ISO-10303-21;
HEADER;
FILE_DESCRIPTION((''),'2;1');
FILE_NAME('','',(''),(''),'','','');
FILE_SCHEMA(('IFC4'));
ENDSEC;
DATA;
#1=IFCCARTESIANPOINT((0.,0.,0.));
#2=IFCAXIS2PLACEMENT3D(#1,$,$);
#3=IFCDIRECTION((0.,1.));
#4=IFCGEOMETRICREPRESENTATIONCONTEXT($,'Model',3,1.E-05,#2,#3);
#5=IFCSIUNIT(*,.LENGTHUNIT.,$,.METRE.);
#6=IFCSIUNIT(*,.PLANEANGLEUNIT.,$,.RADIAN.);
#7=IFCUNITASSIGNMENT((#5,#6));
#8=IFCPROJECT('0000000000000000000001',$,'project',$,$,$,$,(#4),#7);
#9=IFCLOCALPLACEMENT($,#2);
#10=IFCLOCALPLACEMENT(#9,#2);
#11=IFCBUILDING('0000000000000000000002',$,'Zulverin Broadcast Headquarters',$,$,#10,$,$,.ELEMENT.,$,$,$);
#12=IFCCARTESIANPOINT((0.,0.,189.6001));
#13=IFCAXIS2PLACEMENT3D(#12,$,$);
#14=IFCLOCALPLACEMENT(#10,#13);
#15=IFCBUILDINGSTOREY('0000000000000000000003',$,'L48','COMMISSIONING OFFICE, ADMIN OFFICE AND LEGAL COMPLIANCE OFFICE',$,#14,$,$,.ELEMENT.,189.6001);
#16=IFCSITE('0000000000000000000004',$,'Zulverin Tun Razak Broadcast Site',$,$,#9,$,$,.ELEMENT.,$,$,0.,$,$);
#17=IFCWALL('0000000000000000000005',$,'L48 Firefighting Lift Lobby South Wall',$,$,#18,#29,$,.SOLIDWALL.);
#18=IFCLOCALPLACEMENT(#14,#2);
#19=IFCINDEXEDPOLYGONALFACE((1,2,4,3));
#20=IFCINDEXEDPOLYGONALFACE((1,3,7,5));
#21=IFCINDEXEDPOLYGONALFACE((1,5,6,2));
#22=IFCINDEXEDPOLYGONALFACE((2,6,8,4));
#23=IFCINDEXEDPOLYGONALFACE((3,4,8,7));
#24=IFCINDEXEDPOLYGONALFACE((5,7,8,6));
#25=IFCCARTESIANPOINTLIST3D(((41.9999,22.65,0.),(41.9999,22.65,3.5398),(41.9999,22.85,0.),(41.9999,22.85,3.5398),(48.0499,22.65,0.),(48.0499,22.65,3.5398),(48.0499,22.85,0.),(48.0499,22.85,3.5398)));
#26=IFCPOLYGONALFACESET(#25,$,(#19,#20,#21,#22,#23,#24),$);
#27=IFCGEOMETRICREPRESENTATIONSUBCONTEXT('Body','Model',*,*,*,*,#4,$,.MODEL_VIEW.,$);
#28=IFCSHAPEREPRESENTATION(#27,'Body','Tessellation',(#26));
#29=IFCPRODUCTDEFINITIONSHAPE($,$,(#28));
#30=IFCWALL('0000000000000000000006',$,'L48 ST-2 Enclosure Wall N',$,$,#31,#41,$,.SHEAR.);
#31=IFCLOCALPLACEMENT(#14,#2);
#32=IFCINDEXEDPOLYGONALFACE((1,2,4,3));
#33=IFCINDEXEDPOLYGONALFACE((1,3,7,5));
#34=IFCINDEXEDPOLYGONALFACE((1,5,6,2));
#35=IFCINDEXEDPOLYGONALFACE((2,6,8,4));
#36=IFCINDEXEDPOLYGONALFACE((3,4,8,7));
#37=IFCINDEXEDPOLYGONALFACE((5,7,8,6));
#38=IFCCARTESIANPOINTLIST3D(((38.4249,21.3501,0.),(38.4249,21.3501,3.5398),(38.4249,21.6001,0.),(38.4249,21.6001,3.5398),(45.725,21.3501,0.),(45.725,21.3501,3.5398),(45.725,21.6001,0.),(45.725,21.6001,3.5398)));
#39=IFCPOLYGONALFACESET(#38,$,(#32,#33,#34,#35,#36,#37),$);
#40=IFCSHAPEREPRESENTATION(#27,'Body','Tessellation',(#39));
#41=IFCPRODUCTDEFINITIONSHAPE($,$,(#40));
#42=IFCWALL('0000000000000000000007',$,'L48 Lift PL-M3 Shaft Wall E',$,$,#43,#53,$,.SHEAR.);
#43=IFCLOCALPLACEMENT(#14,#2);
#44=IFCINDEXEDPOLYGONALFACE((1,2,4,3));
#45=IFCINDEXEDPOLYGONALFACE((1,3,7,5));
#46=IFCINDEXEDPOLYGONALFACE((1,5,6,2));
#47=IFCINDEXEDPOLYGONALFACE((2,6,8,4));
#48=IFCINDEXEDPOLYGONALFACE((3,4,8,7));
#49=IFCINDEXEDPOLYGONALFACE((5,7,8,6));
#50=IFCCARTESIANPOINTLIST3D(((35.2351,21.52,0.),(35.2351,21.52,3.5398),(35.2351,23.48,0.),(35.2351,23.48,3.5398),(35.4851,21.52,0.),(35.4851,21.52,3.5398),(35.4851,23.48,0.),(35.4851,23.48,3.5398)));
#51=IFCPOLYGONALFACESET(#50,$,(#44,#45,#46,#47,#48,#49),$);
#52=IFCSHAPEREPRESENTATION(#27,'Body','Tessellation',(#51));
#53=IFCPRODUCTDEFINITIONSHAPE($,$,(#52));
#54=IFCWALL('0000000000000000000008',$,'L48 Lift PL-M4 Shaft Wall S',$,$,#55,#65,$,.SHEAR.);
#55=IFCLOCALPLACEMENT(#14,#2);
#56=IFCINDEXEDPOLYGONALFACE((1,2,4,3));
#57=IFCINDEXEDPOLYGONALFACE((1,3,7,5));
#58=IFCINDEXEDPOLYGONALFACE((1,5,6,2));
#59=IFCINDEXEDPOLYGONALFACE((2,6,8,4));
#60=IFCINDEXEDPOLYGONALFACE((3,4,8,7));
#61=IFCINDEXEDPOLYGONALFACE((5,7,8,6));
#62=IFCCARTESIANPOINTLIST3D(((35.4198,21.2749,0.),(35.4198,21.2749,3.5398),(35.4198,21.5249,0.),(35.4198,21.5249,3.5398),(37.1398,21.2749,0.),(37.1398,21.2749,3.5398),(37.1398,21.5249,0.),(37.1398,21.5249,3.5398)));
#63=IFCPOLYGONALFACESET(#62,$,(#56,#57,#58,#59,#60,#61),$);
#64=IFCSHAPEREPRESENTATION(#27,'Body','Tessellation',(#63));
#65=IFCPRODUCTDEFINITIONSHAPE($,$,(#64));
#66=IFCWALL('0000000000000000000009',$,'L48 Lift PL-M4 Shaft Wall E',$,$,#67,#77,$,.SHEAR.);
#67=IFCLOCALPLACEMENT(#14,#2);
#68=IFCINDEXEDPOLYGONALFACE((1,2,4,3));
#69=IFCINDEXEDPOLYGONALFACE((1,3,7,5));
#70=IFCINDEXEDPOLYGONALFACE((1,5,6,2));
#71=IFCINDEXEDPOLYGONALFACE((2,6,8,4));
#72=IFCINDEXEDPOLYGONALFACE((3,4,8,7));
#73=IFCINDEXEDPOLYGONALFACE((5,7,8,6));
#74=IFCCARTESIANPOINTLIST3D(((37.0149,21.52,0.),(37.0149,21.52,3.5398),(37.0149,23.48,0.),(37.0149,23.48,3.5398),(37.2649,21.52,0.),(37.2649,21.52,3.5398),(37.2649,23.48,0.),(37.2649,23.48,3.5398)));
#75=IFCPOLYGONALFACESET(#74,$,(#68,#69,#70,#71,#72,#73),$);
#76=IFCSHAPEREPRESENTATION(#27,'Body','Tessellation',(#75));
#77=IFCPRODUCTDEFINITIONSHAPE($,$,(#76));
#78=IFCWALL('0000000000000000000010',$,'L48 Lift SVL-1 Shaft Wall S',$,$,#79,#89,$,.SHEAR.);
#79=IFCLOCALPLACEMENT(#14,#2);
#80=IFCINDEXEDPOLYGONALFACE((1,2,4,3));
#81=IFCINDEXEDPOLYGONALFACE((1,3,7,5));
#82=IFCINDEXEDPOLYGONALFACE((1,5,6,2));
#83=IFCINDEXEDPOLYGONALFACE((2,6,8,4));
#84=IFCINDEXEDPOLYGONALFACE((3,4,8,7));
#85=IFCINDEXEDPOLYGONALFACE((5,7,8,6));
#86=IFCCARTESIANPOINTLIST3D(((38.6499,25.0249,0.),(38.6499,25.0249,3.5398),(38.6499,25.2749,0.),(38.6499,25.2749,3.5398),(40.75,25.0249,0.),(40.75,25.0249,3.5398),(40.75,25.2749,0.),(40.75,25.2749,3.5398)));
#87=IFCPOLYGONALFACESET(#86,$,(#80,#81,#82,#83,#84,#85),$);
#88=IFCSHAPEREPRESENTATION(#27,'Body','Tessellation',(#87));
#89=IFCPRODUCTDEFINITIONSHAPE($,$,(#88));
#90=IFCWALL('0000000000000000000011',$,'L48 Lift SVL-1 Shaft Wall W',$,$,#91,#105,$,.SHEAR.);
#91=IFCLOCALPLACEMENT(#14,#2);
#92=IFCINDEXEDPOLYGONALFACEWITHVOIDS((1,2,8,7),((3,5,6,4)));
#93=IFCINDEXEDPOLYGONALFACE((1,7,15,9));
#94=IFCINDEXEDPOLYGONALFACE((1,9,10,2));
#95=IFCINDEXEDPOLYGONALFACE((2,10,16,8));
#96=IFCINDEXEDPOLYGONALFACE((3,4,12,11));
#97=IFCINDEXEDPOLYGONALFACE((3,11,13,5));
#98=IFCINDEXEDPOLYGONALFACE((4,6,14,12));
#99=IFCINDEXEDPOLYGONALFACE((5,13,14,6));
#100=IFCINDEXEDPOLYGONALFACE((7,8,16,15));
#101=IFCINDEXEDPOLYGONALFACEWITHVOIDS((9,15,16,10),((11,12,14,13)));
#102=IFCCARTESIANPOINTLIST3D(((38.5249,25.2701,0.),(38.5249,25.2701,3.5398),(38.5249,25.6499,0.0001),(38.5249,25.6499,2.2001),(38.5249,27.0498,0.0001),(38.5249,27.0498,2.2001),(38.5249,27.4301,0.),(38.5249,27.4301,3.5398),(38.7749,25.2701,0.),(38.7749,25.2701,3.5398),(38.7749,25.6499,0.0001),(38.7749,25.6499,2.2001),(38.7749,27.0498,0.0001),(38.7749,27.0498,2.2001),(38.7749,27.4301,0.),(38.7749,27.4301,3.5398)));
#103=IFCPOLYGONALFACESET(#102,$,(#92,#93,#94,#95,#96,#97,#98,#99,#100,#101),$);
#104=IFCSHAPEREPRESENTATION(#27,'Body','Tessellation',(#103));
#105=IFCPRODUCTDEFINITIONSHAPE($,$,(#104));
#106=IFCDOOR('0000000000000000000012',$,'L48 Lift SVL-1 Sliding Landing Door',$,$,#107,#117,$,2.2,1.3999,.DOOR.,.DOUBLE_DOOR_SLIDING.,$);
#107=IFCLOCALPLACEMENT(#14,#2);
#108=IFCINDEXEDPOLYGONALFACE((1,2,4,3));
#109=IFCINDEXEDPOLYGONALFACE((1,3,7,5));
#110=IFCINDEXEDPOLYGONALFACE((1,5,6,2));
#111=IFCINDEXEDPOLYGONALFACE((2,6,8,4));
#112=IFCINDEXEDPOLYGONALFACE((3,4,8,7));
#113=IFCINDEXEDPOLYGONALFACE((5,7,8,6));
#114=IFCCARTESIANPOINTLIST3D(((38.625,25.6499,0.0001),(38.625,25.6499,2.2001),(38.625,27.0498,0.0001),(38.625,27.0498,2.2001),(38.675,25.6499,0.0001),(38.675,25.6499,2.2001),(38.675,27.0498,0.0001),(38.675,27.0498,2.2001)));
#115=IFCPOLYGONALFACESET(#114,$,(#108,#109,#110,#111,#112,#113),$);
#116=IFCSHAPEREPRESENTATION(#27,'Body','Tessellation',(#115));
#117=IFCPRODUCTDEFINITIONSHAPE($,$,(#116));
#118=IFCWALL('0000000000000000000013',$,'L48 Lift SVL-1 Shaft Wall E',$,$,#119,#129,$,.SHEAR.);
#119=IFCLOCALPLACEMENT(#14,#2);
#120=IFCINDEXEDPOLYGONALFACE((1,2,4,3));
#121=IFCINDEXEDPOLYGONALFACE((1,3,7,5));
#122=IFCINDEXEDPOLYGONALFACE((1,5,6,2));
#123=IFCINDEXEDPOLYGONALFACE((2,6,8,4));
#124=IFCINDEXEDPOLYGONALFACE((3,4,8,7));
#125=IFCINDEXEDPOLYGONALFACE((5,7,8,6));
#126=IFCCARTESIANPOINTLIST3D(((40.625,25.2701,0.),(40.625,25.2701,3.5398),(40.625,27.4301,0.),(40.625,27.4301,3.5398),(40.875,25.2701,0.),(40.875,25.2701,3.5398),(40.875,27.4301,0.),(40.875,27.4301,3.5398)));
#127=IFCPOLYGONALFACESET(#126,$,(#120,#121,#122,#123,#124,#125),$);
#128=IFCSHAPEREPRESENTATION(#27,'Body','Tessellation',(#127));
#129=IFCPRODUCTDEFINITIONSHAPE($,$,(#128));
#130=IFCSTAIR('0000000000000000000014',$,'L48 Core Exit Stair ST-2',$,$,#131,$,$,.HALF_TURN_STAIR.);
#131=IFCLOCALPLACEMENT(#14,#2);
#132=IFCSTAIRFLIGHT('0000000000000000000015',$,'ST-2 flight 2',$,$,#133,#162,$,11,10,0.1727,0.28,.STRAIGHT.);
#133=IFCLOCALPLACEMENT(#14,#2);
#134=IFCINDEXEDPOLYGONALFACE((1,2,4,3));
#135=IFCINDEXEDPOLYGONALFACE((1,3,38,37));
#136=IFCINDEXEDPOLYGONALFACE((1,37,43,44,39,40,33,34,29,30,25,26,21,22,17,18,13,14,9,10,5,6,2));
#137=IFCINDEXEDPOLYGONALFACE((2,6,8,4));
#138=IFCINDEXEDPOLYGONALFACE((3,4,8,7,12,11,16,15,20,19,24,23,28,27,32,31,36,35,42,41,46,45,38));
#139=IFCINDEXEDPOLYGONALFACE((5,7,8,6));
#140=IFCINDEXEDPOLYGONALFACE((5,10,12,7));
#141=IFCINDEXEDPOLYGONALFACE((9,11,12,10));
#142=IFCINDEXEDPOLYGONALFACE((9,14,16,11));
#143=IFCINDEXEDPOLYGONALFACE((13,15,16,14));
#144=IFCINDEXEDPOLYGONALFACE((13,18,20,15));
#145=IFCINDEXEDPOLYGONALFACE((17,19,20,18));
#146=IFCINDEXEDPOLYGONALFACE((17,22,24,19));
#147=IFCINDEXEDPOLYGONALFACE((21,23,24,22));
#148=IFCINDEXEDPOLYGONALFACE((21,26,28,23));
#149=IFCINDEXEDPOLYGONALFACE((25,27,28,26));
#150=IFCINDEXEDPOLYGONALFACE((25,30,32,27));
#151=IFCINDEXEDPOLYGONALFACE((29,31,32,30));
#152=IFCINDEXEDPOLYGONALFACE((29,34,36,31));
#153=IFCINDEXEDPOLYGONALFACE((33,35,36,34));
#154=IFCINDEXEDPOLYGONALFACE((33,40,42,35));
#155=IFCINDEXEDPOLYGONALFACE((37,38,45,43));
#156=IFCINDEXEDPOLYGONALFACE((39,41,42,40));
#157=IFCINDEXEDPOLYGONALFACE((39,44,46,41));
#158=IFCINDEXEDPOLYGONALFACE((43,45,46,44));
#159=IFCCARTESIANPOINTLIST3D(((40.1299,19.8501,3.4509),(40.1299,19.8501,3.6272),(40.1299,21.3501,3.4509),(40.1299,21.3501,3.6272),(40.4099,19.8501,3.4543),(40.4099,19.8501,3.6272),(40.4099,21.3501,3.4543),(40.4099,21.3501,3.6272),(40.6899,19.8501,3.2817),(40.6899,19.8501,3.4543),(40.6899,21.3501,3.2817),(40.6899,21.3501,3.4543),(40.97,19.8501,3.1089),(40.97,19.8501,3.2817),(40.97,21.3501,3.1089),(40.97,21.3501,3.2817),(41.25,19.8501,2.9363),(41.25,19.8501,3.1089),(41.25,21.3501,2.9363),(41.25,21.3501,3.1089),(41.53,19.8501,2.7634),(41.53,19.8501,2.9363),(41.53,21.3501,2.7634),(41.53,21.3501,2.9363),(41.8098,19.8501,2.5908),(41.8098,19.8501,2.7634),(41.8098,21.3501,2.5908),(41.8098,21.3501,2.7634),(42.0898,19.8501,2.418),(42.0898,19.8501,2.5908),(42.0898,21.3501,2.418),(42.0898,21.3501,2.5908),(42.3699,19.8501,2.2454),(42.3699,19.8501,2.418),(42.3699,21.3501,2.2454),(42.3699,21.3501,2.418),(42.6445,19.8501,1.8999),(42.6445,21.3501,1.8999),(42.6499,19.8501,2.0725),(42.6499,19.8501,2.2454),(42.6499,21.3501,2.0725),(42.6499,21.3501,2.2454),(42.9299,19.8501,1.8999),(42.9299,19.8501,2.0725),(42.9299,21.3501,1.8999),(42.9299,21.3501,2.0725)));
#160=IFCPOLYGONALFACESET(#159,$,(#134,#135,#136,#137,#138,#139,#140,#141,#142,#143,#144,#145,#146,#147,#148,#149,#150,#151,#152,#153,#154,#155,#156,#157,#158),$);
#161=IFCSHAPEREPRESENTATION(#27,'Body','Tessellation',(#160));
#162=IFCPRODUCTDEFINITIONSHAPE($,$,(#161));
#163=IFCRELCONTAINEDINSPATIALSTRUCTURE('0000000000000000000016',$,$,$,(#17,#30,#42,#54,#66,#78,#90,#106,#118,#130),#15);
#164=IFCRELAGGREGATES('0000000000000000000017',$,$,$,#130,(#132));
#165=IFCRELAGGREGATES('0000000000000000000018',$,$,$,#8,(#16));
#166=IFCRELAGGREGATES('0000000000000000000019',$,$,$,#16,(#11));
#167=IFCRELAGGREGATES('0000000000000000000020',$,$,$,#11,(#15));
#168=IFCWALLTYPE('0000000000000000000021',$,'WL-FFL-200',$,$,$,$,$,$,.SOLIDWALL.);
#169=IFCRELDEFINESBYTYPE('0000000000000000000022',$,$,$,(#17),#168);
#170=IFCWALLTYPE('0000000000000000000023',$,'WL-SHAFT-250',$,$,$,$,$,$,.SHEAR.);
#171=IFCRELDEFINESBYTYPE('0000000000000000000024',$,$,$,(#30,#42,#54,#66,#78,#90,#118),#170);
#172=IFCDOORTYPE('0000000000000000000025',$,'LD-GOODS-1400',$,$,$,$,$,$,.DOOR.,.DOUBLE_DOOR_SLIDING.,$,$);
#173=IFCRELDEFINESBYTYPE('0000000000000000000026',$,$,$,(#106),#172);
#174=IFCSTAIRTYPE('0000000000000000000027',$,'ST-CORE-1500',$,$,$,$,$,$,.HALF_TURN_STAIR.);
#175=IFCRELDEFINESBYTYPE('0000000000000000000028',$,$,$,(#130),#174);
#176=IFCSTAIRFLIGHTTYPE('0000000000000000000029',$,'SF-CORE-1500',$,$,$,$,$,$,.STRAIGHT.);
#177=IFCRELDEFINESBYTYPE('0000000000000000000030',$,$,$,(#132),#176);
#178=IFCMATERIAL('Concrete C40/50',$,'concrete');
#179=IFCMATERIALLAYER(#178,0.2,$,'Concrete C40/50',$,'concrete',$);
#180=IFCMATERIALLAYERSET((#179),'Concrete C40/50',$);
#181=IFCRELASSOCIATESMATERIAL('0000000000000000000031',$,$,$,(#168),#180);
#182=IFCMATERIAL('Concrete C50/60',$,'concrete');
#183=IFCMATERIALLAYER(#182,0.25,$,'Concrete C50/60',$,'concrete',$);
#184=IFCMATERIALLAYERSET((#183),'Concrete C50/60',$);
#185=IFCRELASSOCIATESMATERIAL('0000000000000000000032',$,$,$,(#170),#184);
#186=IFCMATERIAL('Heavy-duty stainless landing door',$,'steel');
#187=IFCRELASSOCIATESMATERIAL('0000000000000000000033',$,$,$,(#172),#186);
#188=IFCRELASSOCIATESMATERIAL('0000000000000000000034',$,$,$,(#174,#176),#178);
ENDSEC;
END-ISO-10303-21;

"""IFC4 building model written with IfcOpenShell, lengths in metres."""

from ifc_helpers import new_model, si_unit, direction, frame, frame_2d, origin, place, context, subcontext, project, spatial, polyline, rectangle, outline, extrude, material, layer, layer_set, type_object, element, fill, aggregate, save


model = new_model("IFC4")

# Units and contexts
model_context = context("Model", 3, precision=1e-05, world=origin(), true_north=direction((0.0, 1.0)))
body_context = subcontext(model_context, "Body", "Model", "MODEL_VIEW")
ifc_project = project(units=[si_unit("LENGTHUNIT", "METRE"), si_unit("PLANEANGLEUNIT", "RADIAN")], contexts=[model_context])

# Site, building, storey
site_placement = place(None, origin())
site = spatial("IfcSite", under=ifc_project, at=site_placement, Name="Zulverin Tun Razak Broadcast Site", CompositionType="ELEMENT", RefElevation=0.0)
building_placement = place(site_placement, origin())
building = spatial("IfcBuilding", under=site, at=building_placement, Name="Zulverin Broadcast Headquarters", CompositionType="ELEMENT")
storey_placement = place(building_placement, frame((0.0, 0.0, 189.6001)))
storey = spatial("IfcBuildingStorey", under=building, at=storey_placement, Name="L48", Description="COMMISSIONING OFFICE, ADMIN OFFICE AND LEGAL COMPLIANCE OFFICE", CompositionType="ELEMENT", Elevation=189.6001)

# Shared definitions
ifc_material_1 = material(Name="Concrete C40/50", Category="concrete")
ifc_layer_1 = layer(ifc_material_1, 0.2, Name="Concrete C40/50", Category="concrete")
ifc_layer_set_1 = layer_set([ifc_layer_1], Name="Concrete C40/50")
wall_type_1 = type_object("IfcWallType", Name="WL-FFL-200", PredefinedType="SOLIDWALL", material=ifc_layer_set_1)

# Wall
wall_1_placement = place(storey_placement, frame((42.0, 22.75, 0.0), z_axis=(0.0, 0.0, 1.0), x_axis=(1.0, 0.0, 0.0)))
element("IfcWall", 1, at=wall_1_placement, inside=storey, type_object=wall_type_1, Name="L48 Firefighting Lift Lobby South Wall", PredefinedType="SOLIDWALL", context=body_context, shape_type="SweptSolid", body=[
    extrude(rectangle(XDim=6.05, YDim=0.2, at=frame_2d((3.0249, 0.0))), origin(), (0.0, 0.0, 1.0), 3.5398),
])

# Walls
ifc_material_2 = material(Name="Concrete C50/60", Category="concrete")
ifc_layer_2 = layer(ifc_material_2, 0.25, Name="Concrete C50/60", Category="concrete")
ifc_layer_set_2 = layer_set([ifc_layer_2], Name="Concrete C50/60")
wall_type_2 = type_object("IfcWallType", Name="WL-SHAFT-250", PredefinedType="SHEAR", material=ifc_layer_set_2)
wall_2_placement = place(storey_placement, frame((38.425, 21.4751, 0.0), z_axis=(0.0, 0.0, 1.0), x_axis=(1.0, 0.0, 0.0)))
element("IfcWall", 2, at=wall_2_placement, inside=storey, type_object=wall_type_2, Name="L48 ST-2 Enclosure Wall N", PredefinedType="SHEAR", context=body_context, shape_type="SweptSolid", body=[
    extrude(rectangle(XDim=7.3, YDim=0.25, at=frame_2d((3.6499, 0.0))), origin(), (0.0, 0.0, 1.0), 3.5398),
])
wall_3_placement = place(storey_placement, frame((35.3601, 21.52, 0.0), z_axis=(0.0, 0.0, 1.0), x_axis=(0.0, 1.0, 0.0)))
element("IfcWall", 3, at=wall_3_placement, inside=storey, type_object=wall_type_2, Name="L48 Lift PL-M3 Shaft Wall E", PredefinedType="SHEAR", context=body_context, shape_type="SweptSolid", body=[
    extrude(rectangle(XDim=1.96, YDim=0.25, at=frame_2d((0.98, 0.0))), origin(), (0.0, 0.0, 1.0), 3.5398),
])
wall_4_placement = place(storey_placement, frame((35.4199, 21.3999, 0.0), z_axis=(0.0, 0.0, 1.0), x_axis=(1.0, 0.0, 0.0)))
element("IfcWall", 4, at=wall_4_placement, inside=storey, type_object=wall_type_2, Name="L48 Lift PL-M4 Shaft Wall S", PredefinedType="SHEAR", context=body_context, shape_type="SweptSolid", body=[
    extrude(rectangle(XDim=1.72, YDim=0.25, at=frame_2d((0.8599, 0.0))), origin(), (0.0, 0.0, 1.0), 3.5398),
])

# Wall
wall_5_placement = place(storey_placement, frame((37.1399, 21.52, 0.0), z_axis=(0.0, 0.0, 1.0), x_axis=(0.0, 1.0, 0.0)))
element("IfcWall", 5, at=wall_5_placement, inside=storey, type_object=wall_type_2, Name="L48 Lift PL-M4 Shaft Wall E", PredefinedType="SHEAR", context=body_context, shape_type="SweptSolid", body=[
    extrude(rectangle(XDim=1.96, YDim=0.25, at=frame_2d((0.98, 0.0))), origin(), (0.0, 0.0, 1.0), 3.5398),
])

# Wall
wall_6_placement = place(storey_placement, frame((38.6499, 25.1499, 0.0), z_axis=(0.0, 0.0, 1.0), x_axis=(1.0, 0.0, 0.0)))
element("IfcWall", 6, at=wall_6_placement, inside=storey, type_object=wall_type_2, Name="L48 Lift SVL-1 Shaft Wall S", PredefinedType="SHEAR", context=body_context, shape_type="SweptSolid", body=[
    extrude(rectangle(XDim=2.1001, YDim=0.25, at=frame_2d((1.05, 0.0))), origin(), (0.0, 0.0, 1.0), 3.5398),
])

# Wall, opening, door
wall_7_placement = place(storey_placement, frame((38.6499, 25.27, 0.0), z_axis=(0.0, 0.0, 1.0), x_axis=(0.0, 1.0, 0.0)))
wall_7 = element("IfcWall", 7, at=wall_7_placement, inside=storey, type_object=wall_type_2, Name="L48 Lift SVL-1 Shaft Wall W", PredefinedType="SHEAR", context=body_context, shape_type="SweptSolid", body=[
    extrude(rectangle(XDim=2.1599, YDim=0.25, at=frame_2d((1.0801, 0.0))), origin(), (0.0, 0.0, 1.0), 3.5398),
])
opening_1_placement = place(wall_7_placement, frame((0.3799, 0.0, 0.0)))
opening_1 = element("IfcOpeningElement", 8, at=opening_1_placement, cuts=wall_7, PredefinedType="OPENING", context=body_context, shape_type="SweptSolid", body=[
    extrude(rectangle(XDim=1.3999, YDim=2.2, at=frame_2d((0.7, 1.1001))), frame((0.0, 0.135, 0.0), z_axis=(0.0, -1.0, 0.0), x_axis=(1.0, 0.0, 0.0)), (0.0, 0.0, 1.0), 0.27),
])
ifc_material_3 = material(Name="Heavy-duty stainless landing door", Category="steel")
door_type_1 = type_object("IfcDoorType", Name="LD-GOODS-1400", OperationType="DOUBLE_DOOR_SLIDING", PredefinedType="DOOR", material=ifc_material_3)
door_1_placement = place(opening_1_placement, origin())
door_1 = element("IfcDoor", 9, at=door_1_placement, inside=storey, type_object=door_type_1, Name="L48 Lift SVL-1 Sliding Landing Door", OperationType="DOUBLE_DOOR_SLIDING", OverallHeight=2.2, OverallWidth=1.3999, PredefinedType="DOOR", context=body_context, shape_type="SweptSolid", body=[
    extrude(rectangle(XDim=1.3999, YDim=2.2, at=frame_2d((0.7, 1.1001))), frame((0.0, 0.0249, 0.0), z_axis=(0.0, -1.0, 0.0), x_axis=(1.0, 0.0, 0.0)), (0.0, 0.0, 1.0), 0.05),
])
fill(opening_1, door_1)

# Wall
wall_8_placement = place(storey_placement, frame((40.75, 25.27, 0.0), z_axis=(0.0, 0.0, 1.0), x_axis=(0.0, 1.0, 0.0)))
element("IfcWall", 10, at=wall_8_placement, inside=storey, type_object=wall_type_2, Name="L48 Lift SVL-1 Shaft Wall E", PredefinedType="SHEAR", context=body_context, shape_type="SweptSolid", body=[
    extrude(rectangle(XDim=2.1599, YDim=0.25, at=frame_2d((1.0801, 0.0))), origin(), (0.0, 0.0, 1.0), 3.5398),
])

# Stair, stair flight
stair_type = type_object("IfcStairType", Name="ST-CORE-1500", PredefinedType="HALF_TURN_STAIR", material=ifc_material_1)
stair_placement = place(storey_placement, origin())
stair = element("IfcStair", 11, at=stair_placement, inside=storey, type_object=stair_type, Name="L48 Core Exit Stair ST-2", PredefinedType="HALF_TURN_STAIR")
stair_flight_type = type_object("IfcStairFlightType", Name="SF-CORE-1500", PredefinedType="STRAIGHT", material=ifc_material_1)
stair_flight_placement = place(storey_placement, frame((42.9299, 20.6001, 1.8999), z_axis=(0.0, 0.0, 1.0), x_axis=(-1.0, 0.0, 0.0)))
stair_flight = element("IfcStairFlight", 12, at=stair_flight_placement, type_object=stair_flight_type, Name="ST-2 flight 2", NumberOfRisers=11, NumberOfTreads=10, PredefinedType="STRAIGHT", RiserHeight=0.1727, TreadLength=0.28, context=body_context, shape_type="SweptSolid", body=[
    extrude(outline(polyline([(0.0, 0.0), (0.0, 0.1726), (0.28, 0.1726), (0.28, 0.3455), (0.5601, 0.3455), (0.5601, 0.5181), (0.8401, 0.5181), (0.8401, 0.6909), (1.1201, 0.6909), (1.1201, 0.8635), (1.3999, 0.8635), (1.3999, 1.0364), (1.6799, 1.0364), (1.6799, 1.209), (1.96, 1.209), (1.96, 1.3818), (2.24, 1.3818), (2.24, 1.5544), (2.52, 1.5544), (2.52, 1.7273), (2.8, 1.7273), (2.8, 1.8999), (2.8, 1.551), (0.2854, 0.0), (0.0, 0.0)])), frame((0.0, 0.75, 0.0), z_axis=(0.0, -1.0, 0.0), x_axis=(1.0, 0.0, 0.0)), (0.0, 0.0, 1.0), 1.5),
])
aggregate(stair, [stair_flight])

save(model, "model.ifc")
